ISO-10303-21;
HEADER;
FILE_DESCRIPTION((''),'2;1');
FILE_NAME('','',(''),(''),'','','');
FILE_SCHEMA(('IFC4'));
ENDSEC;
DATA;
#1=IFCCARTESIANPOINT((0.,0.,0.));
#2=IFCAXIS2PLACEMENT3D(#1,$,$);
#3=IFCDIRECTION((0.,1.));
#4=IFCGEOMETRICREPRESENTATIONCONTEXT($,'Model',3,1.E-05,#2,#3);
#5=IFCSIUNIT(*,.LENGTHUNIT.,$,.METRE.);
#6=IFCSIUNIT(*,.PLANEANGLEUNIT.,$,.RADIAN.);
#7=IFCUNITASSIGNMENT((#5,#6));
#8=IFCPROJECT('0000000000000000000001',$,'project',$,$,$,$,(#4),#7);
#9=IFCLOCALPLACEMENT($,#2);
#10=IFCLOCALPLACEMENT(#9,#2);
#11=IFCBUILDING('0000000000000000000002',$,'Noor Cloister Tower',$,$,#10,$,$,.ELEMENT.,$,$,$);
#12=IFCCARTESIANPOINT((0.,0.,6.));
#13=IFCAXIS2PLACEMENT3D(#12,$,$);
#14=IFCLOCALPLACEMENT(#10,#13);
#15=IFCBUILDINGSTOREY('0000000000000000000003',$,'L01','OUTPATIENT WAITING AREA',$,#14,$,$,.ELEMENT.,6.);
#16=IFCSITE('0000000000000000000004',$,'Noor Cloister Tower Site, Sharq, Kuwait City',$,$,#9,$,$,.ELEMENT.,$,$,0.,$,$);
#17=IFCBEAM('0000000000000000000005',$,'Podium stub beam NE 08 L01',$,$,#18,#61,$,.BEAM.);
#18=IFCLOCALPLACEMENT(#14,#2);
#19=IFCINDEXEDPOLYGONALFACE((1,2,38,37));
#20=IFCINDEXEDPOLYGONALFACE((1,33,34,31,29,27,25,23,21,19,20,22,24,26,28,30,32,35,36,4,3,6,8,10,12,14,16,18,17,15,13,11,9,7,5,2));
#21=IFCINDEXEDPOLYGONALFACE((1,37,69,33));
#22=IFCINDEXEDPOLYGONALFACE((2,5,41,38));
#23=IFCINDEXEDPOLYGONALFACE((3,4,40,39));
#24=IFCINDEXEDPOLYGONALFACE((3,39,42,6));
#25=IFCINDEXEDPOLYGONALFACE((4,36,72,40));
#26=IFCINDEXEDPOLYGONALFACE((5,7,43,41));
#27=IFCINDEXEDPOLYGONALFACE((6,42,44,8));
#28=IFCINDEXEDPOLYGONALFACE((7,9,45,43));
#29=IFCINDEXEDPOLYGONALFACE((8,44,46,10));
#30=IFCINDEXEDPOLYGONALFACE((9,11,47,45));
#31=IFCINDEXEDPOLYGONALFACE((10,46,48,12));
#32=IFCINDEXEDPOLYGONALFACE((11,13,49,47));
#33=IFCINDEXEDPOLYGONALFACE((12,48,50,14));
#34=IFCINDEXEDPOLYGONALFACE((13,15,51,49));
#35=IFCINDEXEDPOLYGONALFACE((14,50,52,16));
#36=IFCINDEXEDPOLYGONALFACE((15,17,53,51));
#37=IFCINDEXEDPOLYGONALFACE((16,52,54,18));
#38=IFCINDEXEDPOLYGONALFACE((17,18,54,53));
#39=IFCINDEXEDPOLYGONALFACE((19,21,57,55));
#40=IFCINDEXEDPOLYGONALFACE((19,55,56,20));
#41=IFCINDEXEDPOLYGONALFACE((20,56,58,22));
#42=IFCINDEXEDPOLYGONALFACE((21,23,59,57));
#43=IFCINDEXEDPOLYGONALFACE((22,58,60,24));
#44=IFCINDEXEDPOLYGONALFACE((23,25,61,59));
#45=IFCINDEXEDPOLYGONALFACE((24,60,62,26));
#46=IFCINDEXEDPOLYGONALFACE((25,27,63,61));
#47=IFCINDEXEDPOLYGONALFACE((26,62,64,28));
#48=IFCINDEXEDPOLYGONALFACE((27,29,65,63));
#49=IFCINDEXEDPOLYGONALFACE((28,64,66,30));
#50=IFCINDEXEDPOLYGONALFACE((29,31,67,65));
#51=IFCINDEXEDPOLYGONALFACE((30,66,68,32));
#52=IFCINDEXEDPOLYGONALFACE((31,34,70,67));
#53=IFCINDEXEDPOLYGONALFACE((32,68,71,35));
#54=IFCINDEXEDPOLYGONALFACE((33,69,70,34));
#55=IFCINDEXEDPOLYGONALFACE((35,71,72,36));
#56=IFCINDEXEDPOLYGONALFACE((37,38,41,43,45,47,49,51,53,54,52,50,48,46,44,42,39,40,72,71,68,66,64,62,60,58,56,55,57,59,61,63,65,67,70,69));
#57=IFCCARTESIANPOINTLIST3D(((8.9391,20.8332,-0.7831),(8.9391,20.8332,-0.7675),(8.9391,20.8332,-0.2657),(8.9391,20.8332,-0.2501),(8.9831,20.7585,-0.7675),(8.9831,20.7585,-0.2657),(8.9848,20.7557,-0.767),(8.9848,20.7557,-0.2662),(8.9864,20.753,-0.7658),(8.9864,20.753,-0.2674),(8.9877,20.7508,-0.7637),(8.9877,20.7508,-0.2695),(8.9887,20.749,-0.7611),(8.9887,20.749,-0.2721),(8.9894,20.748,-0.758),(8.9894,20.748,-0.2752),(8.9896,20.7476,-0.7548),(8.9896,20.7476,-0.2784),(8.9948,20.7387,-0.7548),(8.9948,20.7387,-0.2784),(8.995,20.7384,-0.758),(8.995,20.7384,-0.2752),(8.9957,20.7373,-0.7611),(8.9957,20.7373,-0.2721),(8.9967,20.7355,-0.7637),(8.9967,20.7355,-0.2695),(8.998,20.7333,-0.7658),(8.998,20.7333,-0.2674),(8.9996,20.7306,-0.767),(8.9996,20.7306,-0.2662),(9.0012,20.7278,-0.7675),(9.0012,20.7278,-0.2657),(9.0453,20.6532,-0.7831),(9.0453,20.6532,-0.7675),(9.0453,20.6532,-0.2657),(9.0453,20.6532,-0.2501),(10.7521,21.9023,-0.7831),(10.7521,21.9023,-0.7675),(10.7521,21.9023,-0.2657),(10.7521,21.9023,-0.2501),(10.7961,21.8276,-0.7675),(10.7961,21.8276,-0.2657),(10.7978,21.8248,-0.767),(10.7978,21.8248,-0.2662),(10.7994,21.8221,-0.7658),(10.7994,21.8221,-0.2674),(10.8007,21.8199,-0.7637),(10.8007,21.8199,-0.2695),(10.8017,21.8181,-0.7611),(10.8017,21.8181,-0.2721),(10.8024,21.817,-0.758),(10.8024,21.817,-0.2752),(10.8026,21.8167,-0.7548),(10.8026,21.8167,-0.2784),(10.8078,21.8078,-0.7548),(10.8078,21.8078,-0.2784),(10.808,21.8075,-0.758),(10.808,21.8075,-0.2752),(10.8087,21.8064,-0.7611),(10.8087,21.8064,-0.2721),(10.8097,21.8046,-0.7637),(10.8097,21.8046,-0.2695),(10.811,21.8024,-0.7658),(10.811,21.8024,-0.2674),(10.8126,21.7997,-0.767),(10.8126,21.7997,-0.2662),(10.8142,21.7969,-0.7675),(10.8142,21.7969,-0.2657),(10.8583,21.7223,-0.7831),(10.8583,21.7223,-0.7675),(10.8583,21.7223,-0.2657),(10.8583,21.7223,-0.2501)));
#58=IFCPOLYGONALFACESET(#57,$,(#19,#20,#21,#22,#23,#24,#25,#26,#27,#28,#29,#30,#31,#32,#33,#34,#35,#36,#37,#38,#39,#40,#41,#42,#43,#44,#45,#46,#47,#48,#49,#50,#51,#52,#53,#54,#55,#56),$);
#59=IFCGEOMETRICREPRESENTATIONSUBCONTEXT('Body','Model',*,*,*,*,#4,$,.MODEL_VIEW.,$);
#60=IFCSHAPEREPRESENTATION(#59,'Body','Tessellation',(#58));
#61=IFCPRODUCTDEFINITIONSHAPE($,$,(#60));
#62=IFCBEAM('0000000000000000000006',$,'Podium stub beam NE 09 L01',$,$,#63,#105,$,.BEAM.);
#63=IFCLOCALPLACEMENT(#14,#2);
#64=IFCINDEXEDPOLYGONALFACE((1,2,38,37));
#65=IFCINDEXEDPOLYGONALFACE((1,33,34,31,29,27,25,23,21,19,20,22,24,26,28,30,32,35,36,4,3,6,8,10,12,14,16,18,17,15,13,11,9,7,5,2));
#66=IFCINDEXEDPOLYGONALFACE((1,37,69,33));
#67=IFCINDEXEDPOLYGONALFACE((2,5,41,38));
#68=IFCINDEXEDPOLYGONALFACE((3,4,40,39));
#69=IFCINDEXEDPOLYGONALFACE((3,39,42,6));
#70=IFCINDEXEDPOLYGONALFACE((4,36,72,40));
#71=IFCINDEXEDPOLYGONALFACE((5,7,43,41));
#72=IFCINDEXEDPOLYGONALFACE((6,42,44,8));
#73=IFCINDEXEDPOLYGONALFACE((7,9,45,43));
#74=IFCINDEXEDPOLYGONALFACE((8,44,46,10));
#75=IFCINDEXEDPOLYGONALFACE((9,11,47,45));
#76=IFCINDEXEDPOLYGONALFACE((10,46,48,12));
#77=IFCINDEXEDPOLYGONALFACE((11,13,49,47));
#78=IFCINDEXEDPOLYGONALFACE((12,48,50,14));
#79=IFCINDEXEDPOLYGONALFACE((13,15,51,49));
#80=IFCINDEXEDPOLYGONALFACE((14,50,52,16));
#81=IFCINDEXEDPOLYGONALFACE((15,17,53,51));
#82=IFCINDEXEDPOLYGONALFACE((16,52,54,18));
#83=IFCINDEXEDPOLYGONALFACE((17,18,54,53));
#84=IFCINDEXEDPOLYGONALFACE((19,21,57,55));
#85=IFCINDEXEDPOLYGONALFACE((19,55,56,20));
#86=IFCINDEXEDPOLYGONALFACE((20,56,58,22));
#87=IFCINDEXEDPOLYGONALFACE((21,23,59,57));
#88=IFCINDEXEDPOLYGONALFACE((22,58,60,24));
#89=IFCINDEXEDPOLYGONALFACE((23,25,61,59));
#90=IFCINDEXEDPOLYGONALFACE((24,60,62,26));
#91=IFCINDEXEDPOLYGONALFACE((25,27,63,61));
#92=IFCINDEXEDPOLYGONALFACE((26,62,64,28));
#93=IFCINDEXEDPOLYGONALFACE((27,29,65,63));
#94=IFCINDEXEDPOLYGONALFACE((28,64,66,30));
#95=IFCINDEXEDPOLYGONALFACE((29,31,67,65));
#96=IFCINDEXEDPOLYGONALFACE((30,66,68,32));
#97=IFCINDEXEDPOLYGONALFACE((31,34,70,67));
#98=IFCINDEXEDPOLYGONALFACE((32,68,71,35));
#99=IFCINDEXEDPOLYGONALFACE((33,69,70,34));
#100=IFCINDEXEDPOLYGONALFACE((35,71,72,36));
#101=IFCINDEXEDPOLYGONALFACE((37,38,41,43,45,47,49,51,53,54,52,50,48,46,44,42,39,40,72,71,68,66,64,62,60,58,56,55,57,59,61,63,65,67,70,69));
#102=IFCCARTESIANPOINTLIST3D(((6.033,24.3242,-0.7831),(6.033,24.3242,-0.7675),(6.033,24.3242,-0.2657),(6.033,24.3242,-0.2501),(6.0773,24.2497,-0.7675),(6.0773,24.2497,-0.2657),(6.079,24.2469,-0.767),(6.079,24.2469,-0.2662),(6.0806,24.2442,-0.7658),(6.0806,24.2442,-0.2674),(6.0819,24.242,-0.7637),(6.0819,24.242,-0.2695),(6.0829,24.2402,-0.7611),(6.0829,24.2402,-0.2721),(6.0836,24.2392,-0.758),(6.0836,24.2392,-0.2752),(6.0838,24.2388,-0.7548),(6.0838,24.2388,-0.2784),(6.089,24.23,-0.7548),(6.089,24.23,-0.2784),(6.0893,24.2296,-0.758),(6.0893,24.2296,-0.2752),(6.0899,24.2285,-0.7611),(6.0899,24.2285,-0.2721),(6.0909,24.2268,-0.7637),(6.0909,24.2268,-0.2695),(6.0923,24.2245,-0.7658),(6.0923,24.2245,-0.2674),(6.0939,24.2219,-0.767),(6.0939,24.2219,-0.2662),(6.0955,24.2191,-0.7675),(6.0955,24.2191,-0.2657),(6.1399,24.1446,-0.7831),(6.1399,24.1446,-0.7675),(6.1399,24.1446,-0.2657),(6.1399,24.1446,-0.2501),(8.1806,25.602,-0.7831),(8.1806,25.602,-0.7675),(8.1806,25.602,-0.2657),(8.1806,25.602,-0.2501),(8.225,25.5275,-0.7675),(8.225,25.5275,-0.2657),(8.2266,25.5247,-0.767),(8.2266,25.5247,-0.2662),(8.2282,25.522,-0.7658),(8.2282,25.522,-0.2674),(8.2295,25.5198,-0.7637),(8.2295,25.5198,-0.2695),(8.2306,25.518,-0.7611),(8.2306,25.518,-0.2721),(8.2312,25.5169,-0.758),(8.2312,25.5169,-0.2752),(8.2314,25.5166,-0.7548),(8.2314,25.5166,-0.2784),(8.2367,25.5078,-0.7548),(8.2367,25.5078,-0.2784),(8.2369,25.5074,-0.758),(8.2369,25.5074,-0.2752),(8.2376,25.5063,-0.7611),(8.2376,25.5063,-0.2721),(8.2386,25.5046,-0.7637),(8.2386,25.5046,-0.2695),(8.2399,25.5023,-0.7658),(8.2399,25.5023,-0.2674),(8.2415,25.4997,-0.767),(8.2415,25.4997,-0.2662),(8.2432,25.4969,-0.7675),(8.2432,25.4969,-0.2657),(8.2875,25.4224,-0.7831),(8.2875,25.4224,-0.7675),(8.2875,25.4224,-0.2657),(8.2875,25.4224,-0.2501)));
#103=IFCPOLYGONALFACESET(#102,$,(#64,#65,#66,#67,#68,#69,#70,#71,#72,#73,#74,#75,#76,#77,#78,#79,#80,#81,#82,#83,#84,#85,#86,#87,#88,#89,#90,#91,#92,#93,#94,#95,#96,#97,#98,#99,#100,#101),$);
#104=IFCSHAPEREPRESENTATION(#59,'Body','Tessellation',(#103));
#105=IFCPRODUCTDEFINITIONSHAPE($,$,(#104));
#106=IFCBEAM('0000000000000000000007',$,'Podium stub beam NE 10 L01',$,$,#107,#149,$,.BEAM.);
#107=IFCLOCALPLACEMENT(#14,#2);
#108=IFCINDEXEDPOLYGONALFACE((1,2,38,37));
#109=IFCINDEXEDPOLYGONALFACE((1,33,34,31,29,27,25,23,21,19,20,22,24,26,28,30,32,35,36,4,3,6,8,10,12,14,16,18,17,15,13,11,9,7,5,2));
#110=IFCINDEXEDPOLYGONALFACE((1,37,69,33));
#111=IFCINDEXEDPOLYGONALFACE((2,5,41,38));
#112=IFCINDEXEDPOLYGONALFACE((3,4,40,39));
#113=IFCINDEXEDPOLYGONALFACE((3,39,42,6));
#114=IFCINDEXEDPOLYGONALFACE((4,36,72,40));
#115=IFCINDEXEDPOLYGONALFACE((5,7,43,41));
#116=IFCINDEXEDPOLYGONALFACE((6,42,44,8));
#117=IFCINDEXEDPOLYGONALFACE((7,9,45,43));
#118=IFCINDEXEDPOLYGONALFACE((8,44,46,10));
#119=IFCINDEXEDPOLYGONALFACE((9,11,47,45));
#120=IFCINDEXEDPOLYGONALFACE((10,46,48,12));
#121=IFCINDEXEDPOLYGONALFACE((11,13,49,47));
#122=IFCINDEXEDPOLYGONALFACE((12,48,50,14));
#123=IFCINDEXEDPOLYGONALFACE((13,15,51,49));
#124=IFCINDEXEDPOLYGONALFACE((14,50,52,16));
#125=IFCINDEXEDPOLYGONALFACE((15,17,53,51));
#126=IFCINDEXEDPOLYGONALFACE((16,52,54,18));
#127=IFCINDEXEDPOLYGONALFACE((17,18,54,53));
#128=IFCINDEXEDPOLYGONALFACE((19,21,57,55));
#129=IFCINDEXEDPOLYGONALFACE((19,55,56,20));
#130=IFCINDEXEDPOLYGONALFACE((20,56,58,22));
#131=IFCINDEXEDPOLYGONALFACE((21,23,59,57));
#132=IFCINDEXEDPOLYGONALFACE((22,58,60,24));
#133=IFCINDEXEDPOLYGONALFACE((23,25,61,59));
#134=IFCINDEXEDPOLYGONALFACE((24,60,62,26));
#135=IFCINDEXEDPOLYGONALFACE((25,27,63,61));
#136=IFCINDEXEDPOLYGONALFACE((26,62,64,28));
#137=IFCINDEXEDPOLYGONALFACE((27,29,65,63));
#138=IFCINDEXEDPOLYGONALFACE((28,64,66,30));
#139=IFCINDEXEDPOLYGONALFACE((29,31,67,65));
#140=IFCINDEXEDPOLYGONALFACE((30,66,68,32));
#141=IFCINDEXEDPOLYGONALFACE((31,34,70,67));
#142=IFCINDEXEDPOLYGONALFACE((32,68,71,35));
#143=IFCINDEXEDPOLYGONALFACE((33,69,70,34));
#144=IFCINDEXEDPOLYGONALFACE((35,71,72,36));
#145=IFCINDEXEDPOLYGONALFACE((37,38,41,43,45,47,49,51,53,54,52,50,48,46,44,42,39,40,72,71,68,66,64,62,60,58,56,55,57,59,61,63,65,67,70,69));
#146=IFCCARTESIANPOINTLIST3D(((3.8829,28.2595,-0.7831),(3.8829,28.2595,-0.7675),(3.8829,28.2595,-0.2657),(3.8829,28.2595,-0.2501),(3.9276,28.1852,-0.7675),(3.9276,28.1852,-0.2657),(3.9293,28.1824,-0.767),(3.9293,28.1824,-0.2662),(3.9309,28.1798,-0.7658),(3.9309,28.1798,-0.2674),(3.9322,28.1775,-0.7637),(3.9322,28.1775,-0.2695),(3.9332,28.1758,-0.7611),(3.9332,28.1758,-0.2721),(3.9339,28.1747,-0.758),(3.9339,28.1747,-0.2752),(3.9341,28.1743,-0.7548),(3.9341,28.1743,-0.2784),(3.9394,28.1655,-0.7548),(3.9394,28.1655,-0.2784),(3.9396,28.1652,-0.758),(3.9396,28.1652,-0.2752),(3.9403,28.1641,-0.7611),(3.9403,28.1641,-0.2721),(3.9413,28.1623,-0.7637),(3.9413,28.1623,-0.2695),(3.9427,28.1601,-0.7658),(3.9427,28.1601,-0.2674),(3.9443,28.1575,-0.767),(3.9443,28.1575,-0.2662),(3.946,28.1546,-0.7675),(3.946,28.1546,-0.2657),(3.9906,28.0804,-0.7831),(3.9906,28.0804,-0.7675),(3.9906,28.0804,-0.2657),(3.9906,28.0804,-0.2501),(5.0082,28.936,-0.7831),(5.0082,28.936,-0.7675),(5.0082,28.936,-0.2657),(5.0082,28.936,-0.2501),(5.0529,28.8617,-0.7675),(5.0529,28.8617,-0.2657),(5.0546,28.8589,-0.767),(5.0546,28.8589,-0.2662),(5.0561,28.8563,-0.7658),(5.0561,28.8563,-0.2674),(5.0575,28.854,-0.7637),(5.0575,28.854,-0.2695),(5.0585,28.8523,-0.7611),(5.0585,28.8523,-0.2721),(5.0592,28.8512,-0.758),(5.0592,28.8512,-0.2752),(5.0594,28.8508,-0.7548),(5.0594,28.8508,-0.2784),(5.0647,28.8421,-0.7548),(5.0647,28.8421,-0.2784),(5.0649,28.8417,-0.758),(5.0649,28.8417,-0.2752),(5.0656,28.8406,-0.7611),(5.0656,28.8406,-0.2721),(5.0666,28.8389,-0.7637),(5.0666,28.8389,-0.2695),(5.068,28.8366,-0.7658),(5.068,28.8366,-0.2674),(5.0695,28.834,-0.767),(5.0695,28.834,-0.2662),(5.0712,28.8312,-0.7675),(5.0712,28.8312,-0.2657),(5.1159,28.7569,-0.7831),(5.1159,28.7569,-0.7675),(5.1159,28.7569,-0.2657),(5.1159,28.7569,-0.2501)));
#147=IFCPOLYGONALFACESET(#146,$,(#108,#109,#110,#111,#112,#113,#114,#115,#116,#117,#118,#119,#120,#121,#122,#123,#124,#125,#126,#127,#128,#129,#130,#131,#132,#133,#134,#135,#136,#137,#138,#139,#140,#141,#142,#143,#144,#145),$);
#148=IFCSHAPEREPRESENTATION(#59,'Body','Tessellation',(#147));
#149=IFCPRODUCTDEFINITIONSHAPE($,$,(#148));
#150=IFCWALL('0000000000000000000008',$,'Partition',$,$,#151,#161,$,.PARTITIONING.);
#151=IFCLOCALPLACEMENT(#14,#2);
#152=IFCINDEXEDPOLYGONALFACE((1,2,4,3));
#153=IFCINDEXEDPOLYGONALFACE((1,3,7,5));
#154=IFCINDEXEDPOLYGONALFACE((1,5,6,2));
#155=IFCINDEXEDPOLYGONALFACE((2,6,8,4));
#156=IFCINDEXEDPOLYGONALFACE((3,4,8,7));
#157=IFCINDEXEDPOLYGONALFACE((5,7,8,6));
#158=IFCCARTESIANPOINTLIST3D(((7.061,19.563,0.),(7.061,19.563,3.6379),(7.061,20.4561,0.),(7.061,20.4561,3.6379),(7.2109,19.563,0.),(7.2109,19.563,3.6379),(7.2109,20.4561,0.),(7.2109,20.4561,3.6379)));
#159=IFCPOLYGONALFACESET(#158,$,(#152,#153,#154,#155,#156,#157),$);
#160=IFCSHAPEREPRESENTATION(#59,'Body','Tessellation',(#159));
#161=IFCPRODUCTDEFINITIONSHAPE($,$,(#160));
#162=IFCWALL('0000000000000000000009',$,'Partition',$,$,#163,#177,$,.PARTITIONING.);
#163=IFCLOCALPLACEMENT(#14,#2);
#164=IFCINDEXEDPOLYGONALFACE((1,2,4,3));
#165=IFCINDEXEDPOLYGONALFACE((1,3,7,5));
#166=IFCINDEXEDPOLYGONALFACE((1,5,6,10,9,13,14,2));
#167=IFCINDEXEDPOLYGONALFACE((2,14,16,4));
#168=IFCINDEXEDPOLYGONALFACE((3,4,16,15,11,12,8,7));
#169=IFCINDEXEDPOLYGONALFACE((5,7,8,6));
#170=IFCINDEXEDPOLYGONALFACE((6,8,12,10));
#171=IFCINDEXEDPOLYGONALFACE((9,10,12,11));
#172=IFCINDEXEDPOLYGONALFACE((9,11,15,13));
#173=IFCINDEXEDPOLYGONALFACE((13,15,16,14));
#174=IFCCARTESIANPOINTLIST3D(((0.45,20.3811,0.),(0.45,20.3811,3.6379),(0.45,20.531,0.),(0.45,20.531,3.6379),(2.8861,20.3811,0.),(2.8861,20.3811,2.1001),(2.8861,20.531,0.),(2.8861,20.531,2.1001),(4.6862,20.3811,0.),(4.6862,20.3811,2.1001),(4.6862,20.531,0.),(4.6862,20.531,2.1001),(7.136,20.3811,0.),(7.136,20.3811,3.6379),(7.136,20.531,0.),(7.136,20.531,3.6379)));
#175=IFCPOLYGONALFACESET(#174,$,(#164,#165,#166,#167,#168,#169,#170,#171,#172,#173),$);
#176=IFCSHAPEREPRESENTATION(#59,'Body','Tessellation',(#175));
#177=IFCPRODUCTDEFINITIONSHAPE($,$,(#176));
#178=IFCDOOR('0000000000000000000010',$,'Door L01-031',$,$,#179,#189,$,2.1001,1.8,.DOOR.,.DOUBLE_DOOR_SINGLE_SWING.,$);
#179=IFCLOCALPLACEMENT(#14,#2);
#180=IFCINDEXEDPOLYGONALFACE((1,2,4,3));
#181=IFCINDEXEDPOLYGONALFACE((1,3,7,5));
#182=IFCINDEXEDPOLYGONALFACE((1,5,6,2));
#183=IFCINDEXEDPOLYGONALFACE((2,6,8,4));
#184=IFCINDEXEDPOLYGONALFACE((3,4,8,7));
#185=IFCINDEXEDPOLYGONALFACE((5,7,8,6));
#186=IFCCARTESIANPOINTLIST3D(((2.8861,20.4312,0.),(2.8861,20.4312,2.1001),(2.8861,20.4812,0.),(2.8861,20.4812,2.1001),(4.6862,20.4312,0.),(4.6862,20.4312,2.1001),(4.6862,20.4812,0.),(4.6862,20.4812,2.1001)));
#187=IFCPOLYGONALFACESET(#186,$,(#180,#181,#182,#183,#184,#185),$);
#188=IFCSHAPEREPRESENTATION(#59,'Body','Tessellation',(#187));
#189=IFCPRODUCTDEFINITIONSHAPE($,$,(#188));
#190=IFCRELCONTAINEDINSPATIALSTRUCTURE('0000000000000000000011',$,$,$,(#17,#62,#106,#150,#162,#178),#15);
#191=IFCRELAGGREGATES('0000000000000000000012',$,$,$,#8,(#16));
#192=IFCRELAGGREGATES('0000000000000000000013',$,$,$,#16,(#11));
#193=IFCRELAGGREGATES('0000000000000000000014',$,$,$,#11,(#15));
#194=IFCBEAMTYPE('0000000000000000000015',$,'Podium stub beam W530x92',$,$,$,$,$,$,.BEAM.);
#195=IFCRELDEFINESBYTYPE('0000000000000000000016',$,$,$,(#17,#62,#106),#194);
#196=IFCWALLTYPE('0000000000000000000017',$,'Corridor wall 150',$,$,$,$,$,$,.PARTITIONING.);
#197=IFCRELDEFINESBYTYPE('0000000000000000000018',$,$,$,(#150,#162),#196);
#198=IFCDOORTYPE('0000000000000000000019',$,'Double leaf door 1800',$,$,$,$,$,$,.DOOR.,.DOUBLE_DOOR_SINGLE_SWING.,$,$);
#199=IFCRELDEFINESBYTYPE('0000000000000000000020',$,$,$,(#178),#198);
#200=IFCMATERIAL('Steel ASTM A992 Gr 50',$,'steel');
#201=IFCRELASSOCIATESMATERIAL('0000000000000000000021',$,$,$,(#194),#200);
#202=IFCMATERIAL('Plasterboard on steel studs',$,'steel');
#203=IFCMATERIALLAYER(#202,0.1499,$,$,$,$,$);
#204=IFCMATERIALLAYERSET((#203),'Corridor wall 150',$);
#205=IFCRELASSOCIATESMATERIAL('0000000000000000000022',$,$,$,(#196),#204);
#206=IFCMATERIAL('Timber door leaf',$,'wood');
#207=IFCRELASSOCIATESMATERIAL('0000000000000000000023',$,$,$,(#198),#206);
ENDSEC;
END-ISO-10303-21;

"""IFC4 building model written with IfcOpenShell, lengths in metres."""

from ifc_helpers import new_model, si_unit, direction, frame, frame_2d, origin, origin_2d, place, context, subcontext, project, spatial, rectangle, i_section, extrude, material, layer, layer_set, material_profile, profile_set, type_object, element, fill, save


model = new_model("IFC4")

# Units and contexts
model_context = context("Model", 3, precision=1e-05, world=origin(), true_north=direction((0.0, 1.0)))
body_context = subcontext(model_context, "Body", "Model", "MODEL_VIEW")
ifc_project = project(units=[si_unit("LENGTHUNIT", "METRE"), si_unit("PLANEANGLEUNIT", "RADIAN")], contexts=[model_context])

# Site, building, storey
site_placement = place(None, origin())
site = spatial("IfcSite", under=ifc_project, at=site_placement, Name="Noor Cloister Tower Site, Sharq, Kuwait City", CompositionType="ELEMENT", RefElevation=0.0)
building_placement = place(site_placement, origin())
building = spatial("IfcBuilding", under=site, at=building_placement, Name="Noor Cloister Tower", CompositionType="ELEMENT")
storey_placement = place(building_placement, frame((0.0, 0.0, 6.0)))
storey = spatial("IfcBuildingStorey", under=building, at=storey_placement, Name="L01", Description="OUTPATIENT WAITING AREA", CompositionType="ELEMENT", Elevation=6.0)

# Beams
ifc_material_1 = material(Name="Steel ASTM A992 Gr 50", Category="steel")
ifc_material_profile_1 = material_profile(ifc_material_1, i_section(OverallWidth=0.209, OverallDepth=0.533, WebThickness=0.0103, FlangeThickness=0.0156, FilletRadius=0.0127, at=origin_2d()), Name="W530x92")
ifc_profile_set_1 = profile_set([ifc_material_profile_1], Name="Steel ASTM A992 Gr 50")
beam_type_1 = type_object("IfcBeamType", Name="Podium stub beam W530x92", PredefinedType="BEAM", material=ifc_profile_set_1)
beam_1_placement = place(storey_placement, frame((8.9922, 20.7432, -0.5166), z_axis=(0.861388, 0.507948, 0.0), x_axis=(-0.507948, 0.861388, 0.0)))
element("IfcBeam", 1, at=beam_1_placement, inside=storey, type_object=beam_type_1, Name="Podium stub beam NE 08 L01", PredefinedType="BEAM", context=body_context, shape_type="SweptSolid", body=[
    extrude(i_section(OverallWidth=0.209, OverallDepth=0.533, WebThickness=0.0103, FlangeThickness=0.0156, FilletRadius=0.0127, at=origin_2d()), origin(), (0.0, 0.0, 1.0), 2.1047),
])
beam_2_placement = place(storey_placement, frame((6.0864, 24.2344, -0.5166), z_axis=(0.859392, 0.511317, 0.0), x_axis=(-0.511317, 0.859392, 0.0)))
element("IfcBeam", 2, at=beam_2_placement, inside=storey, type_object=beam_type_1, Name="Podium stub beam NE 09 L01", PredefinedType="BEAM", context=body_context, shape_type="SweptSolid", body=[
    extrude(i_section(OverallWidth=0.209, OverallDepth=0.533, WebThickness=0.0103, FlangeThickness=0.0156, FilletRadius=0.0127, at=origin_2d()), origin(), (0.0, 0.0, 1.0), 2.499),
])
beam_3_placement = place(storey_placement, frame((3.9368, 28.1699, -0.5166), z_axis=(0.857033, 0.515261, 0.0), x_axis=(-0.515261, 0.857033, 0.0)))
element("IfcBeam", 3, at=beam_3_placement, inside=storey, type_object=beam_type_1, Name="Podium stub beam NE 10 L01", PredefinedType="BEAM", context=body_context, shape_type="SweptSolid", body=[
    extrude(i_section(OverallWidth=0.209, OverallDepth=0.533, WebThickness=0.0103, FlangeThickness=0.0156, FilletRadius=0.0127, at=origin_2d()), origin(), (0.0, 0.0, 1.0), 1.313),
])

# Wall
ifc_material_2 = material(Name="Plasterboard on steel studs", Category="steel")
ifc_layer_1 = layer(ifc_material_2, 0.1499)
ifc_layer_set_1 = layer_set([ifc_layer_1], Name="Corridor wall 150")
wall_type_1 = type_object("IfcWallType", Name="Corridor wall 150", PredefinedType="PARTITIONING", material=ifc_layer_set_1)
wall_1_placement = place(storey_placement, frame((7.136, 19.563, 0.0), z_axis=(0.0, 0.0, 1.0), x_axis=(0.0, 1.0, 0.0)))
element("IfcWall", 4, at=wall_1_placement, inside=storey, type_object=wall_type_1, Name="Partition", PredefinedType="PARTITIONING", context=body_context, shape_type="SweptSolid", body=[
    extrude(rectangle(XDim=0.8931, YDim=0.1499, at=frame_2d((0.4465, 0.0))), origin(), (0.0, 0.0, 1.0), 3.6379),
])

# Wall, opening, door
wall_2_placement = place(storey_placement, frame((7.136, 20.4561, 0.0), z_axis=(0.0, 0.0, 1.0), x_axis=(-1.0, 0.0, 0.0)))
wall_2 = element("IfcWall", 5, at=wall_2_placement, inside=storey, type_object=wall_type_1, Name="Partition", PredefinedType="PARTITIONING", context=body_context, shape_type="SweptSolid", body=[
    extrude(rectangle(XDim=6.686, YDim=0.1499, at=frame_2d((3.343, 0.0))), origin(), (0.0, 0.0, 1.0), 3.6379),
])
opening_1_placement = place(wall_2_placement, frame((2.45, 0.0, 0.0)))
opening_1 = element("IfcOpeningElement", 6, at=opening_1_placement, cuts=wall_2, PredefinedType="OPENING", context=body_context, shape_type="SweptSolid", body=[
    extrude(rectangle(XDim=1.8, YDim=2.1001, at=frame_2d((0.8999, 1.05))), frame((0.0, 0.085, 0.0), z_axis=(0.0, -1.0, 0.0), x_axis=(1.0, 0.0, 0.0)), (0.0, 0.0, 1.0), 0.1699),
])
ifc_material_3 = material(Name="Timber door leaf", Category="wood")
door_type = type_object("IfcDoorType", Name="Double leaf door 1800", OperationType="DOUBLE_DOOR_SINGLE_SWING", PredefinedType="DOOR", material=ifc_material_3)
door_placement = place(opening_1_placement, origin())
door = element("IfcDoor", 7, at=door_placement, inside=storey, type_object=door_type, Name="Door L01-031", OperationType="DOUBLE_DOOR_SINGLE_SWING", OverallHeight=2.1001, OverallWidth=1.8, PredefinedType="DOOR", context=body_context, shape_type="SweptSolid", body=[
    extrude(rectangle(XDim=1.8, YDim=2.1001, at=frame_2d((0.8999, 1.05))), frame((0.0, 0.0249, 0.0), z_axis=(0.0, -1.0, 0.0), x_axis=(1.0, 0.0, 0.0)), (0.0, 0.0, 1.0), 0.05),
])
fill(opening_1, door)

save(model, "model.ifc")
